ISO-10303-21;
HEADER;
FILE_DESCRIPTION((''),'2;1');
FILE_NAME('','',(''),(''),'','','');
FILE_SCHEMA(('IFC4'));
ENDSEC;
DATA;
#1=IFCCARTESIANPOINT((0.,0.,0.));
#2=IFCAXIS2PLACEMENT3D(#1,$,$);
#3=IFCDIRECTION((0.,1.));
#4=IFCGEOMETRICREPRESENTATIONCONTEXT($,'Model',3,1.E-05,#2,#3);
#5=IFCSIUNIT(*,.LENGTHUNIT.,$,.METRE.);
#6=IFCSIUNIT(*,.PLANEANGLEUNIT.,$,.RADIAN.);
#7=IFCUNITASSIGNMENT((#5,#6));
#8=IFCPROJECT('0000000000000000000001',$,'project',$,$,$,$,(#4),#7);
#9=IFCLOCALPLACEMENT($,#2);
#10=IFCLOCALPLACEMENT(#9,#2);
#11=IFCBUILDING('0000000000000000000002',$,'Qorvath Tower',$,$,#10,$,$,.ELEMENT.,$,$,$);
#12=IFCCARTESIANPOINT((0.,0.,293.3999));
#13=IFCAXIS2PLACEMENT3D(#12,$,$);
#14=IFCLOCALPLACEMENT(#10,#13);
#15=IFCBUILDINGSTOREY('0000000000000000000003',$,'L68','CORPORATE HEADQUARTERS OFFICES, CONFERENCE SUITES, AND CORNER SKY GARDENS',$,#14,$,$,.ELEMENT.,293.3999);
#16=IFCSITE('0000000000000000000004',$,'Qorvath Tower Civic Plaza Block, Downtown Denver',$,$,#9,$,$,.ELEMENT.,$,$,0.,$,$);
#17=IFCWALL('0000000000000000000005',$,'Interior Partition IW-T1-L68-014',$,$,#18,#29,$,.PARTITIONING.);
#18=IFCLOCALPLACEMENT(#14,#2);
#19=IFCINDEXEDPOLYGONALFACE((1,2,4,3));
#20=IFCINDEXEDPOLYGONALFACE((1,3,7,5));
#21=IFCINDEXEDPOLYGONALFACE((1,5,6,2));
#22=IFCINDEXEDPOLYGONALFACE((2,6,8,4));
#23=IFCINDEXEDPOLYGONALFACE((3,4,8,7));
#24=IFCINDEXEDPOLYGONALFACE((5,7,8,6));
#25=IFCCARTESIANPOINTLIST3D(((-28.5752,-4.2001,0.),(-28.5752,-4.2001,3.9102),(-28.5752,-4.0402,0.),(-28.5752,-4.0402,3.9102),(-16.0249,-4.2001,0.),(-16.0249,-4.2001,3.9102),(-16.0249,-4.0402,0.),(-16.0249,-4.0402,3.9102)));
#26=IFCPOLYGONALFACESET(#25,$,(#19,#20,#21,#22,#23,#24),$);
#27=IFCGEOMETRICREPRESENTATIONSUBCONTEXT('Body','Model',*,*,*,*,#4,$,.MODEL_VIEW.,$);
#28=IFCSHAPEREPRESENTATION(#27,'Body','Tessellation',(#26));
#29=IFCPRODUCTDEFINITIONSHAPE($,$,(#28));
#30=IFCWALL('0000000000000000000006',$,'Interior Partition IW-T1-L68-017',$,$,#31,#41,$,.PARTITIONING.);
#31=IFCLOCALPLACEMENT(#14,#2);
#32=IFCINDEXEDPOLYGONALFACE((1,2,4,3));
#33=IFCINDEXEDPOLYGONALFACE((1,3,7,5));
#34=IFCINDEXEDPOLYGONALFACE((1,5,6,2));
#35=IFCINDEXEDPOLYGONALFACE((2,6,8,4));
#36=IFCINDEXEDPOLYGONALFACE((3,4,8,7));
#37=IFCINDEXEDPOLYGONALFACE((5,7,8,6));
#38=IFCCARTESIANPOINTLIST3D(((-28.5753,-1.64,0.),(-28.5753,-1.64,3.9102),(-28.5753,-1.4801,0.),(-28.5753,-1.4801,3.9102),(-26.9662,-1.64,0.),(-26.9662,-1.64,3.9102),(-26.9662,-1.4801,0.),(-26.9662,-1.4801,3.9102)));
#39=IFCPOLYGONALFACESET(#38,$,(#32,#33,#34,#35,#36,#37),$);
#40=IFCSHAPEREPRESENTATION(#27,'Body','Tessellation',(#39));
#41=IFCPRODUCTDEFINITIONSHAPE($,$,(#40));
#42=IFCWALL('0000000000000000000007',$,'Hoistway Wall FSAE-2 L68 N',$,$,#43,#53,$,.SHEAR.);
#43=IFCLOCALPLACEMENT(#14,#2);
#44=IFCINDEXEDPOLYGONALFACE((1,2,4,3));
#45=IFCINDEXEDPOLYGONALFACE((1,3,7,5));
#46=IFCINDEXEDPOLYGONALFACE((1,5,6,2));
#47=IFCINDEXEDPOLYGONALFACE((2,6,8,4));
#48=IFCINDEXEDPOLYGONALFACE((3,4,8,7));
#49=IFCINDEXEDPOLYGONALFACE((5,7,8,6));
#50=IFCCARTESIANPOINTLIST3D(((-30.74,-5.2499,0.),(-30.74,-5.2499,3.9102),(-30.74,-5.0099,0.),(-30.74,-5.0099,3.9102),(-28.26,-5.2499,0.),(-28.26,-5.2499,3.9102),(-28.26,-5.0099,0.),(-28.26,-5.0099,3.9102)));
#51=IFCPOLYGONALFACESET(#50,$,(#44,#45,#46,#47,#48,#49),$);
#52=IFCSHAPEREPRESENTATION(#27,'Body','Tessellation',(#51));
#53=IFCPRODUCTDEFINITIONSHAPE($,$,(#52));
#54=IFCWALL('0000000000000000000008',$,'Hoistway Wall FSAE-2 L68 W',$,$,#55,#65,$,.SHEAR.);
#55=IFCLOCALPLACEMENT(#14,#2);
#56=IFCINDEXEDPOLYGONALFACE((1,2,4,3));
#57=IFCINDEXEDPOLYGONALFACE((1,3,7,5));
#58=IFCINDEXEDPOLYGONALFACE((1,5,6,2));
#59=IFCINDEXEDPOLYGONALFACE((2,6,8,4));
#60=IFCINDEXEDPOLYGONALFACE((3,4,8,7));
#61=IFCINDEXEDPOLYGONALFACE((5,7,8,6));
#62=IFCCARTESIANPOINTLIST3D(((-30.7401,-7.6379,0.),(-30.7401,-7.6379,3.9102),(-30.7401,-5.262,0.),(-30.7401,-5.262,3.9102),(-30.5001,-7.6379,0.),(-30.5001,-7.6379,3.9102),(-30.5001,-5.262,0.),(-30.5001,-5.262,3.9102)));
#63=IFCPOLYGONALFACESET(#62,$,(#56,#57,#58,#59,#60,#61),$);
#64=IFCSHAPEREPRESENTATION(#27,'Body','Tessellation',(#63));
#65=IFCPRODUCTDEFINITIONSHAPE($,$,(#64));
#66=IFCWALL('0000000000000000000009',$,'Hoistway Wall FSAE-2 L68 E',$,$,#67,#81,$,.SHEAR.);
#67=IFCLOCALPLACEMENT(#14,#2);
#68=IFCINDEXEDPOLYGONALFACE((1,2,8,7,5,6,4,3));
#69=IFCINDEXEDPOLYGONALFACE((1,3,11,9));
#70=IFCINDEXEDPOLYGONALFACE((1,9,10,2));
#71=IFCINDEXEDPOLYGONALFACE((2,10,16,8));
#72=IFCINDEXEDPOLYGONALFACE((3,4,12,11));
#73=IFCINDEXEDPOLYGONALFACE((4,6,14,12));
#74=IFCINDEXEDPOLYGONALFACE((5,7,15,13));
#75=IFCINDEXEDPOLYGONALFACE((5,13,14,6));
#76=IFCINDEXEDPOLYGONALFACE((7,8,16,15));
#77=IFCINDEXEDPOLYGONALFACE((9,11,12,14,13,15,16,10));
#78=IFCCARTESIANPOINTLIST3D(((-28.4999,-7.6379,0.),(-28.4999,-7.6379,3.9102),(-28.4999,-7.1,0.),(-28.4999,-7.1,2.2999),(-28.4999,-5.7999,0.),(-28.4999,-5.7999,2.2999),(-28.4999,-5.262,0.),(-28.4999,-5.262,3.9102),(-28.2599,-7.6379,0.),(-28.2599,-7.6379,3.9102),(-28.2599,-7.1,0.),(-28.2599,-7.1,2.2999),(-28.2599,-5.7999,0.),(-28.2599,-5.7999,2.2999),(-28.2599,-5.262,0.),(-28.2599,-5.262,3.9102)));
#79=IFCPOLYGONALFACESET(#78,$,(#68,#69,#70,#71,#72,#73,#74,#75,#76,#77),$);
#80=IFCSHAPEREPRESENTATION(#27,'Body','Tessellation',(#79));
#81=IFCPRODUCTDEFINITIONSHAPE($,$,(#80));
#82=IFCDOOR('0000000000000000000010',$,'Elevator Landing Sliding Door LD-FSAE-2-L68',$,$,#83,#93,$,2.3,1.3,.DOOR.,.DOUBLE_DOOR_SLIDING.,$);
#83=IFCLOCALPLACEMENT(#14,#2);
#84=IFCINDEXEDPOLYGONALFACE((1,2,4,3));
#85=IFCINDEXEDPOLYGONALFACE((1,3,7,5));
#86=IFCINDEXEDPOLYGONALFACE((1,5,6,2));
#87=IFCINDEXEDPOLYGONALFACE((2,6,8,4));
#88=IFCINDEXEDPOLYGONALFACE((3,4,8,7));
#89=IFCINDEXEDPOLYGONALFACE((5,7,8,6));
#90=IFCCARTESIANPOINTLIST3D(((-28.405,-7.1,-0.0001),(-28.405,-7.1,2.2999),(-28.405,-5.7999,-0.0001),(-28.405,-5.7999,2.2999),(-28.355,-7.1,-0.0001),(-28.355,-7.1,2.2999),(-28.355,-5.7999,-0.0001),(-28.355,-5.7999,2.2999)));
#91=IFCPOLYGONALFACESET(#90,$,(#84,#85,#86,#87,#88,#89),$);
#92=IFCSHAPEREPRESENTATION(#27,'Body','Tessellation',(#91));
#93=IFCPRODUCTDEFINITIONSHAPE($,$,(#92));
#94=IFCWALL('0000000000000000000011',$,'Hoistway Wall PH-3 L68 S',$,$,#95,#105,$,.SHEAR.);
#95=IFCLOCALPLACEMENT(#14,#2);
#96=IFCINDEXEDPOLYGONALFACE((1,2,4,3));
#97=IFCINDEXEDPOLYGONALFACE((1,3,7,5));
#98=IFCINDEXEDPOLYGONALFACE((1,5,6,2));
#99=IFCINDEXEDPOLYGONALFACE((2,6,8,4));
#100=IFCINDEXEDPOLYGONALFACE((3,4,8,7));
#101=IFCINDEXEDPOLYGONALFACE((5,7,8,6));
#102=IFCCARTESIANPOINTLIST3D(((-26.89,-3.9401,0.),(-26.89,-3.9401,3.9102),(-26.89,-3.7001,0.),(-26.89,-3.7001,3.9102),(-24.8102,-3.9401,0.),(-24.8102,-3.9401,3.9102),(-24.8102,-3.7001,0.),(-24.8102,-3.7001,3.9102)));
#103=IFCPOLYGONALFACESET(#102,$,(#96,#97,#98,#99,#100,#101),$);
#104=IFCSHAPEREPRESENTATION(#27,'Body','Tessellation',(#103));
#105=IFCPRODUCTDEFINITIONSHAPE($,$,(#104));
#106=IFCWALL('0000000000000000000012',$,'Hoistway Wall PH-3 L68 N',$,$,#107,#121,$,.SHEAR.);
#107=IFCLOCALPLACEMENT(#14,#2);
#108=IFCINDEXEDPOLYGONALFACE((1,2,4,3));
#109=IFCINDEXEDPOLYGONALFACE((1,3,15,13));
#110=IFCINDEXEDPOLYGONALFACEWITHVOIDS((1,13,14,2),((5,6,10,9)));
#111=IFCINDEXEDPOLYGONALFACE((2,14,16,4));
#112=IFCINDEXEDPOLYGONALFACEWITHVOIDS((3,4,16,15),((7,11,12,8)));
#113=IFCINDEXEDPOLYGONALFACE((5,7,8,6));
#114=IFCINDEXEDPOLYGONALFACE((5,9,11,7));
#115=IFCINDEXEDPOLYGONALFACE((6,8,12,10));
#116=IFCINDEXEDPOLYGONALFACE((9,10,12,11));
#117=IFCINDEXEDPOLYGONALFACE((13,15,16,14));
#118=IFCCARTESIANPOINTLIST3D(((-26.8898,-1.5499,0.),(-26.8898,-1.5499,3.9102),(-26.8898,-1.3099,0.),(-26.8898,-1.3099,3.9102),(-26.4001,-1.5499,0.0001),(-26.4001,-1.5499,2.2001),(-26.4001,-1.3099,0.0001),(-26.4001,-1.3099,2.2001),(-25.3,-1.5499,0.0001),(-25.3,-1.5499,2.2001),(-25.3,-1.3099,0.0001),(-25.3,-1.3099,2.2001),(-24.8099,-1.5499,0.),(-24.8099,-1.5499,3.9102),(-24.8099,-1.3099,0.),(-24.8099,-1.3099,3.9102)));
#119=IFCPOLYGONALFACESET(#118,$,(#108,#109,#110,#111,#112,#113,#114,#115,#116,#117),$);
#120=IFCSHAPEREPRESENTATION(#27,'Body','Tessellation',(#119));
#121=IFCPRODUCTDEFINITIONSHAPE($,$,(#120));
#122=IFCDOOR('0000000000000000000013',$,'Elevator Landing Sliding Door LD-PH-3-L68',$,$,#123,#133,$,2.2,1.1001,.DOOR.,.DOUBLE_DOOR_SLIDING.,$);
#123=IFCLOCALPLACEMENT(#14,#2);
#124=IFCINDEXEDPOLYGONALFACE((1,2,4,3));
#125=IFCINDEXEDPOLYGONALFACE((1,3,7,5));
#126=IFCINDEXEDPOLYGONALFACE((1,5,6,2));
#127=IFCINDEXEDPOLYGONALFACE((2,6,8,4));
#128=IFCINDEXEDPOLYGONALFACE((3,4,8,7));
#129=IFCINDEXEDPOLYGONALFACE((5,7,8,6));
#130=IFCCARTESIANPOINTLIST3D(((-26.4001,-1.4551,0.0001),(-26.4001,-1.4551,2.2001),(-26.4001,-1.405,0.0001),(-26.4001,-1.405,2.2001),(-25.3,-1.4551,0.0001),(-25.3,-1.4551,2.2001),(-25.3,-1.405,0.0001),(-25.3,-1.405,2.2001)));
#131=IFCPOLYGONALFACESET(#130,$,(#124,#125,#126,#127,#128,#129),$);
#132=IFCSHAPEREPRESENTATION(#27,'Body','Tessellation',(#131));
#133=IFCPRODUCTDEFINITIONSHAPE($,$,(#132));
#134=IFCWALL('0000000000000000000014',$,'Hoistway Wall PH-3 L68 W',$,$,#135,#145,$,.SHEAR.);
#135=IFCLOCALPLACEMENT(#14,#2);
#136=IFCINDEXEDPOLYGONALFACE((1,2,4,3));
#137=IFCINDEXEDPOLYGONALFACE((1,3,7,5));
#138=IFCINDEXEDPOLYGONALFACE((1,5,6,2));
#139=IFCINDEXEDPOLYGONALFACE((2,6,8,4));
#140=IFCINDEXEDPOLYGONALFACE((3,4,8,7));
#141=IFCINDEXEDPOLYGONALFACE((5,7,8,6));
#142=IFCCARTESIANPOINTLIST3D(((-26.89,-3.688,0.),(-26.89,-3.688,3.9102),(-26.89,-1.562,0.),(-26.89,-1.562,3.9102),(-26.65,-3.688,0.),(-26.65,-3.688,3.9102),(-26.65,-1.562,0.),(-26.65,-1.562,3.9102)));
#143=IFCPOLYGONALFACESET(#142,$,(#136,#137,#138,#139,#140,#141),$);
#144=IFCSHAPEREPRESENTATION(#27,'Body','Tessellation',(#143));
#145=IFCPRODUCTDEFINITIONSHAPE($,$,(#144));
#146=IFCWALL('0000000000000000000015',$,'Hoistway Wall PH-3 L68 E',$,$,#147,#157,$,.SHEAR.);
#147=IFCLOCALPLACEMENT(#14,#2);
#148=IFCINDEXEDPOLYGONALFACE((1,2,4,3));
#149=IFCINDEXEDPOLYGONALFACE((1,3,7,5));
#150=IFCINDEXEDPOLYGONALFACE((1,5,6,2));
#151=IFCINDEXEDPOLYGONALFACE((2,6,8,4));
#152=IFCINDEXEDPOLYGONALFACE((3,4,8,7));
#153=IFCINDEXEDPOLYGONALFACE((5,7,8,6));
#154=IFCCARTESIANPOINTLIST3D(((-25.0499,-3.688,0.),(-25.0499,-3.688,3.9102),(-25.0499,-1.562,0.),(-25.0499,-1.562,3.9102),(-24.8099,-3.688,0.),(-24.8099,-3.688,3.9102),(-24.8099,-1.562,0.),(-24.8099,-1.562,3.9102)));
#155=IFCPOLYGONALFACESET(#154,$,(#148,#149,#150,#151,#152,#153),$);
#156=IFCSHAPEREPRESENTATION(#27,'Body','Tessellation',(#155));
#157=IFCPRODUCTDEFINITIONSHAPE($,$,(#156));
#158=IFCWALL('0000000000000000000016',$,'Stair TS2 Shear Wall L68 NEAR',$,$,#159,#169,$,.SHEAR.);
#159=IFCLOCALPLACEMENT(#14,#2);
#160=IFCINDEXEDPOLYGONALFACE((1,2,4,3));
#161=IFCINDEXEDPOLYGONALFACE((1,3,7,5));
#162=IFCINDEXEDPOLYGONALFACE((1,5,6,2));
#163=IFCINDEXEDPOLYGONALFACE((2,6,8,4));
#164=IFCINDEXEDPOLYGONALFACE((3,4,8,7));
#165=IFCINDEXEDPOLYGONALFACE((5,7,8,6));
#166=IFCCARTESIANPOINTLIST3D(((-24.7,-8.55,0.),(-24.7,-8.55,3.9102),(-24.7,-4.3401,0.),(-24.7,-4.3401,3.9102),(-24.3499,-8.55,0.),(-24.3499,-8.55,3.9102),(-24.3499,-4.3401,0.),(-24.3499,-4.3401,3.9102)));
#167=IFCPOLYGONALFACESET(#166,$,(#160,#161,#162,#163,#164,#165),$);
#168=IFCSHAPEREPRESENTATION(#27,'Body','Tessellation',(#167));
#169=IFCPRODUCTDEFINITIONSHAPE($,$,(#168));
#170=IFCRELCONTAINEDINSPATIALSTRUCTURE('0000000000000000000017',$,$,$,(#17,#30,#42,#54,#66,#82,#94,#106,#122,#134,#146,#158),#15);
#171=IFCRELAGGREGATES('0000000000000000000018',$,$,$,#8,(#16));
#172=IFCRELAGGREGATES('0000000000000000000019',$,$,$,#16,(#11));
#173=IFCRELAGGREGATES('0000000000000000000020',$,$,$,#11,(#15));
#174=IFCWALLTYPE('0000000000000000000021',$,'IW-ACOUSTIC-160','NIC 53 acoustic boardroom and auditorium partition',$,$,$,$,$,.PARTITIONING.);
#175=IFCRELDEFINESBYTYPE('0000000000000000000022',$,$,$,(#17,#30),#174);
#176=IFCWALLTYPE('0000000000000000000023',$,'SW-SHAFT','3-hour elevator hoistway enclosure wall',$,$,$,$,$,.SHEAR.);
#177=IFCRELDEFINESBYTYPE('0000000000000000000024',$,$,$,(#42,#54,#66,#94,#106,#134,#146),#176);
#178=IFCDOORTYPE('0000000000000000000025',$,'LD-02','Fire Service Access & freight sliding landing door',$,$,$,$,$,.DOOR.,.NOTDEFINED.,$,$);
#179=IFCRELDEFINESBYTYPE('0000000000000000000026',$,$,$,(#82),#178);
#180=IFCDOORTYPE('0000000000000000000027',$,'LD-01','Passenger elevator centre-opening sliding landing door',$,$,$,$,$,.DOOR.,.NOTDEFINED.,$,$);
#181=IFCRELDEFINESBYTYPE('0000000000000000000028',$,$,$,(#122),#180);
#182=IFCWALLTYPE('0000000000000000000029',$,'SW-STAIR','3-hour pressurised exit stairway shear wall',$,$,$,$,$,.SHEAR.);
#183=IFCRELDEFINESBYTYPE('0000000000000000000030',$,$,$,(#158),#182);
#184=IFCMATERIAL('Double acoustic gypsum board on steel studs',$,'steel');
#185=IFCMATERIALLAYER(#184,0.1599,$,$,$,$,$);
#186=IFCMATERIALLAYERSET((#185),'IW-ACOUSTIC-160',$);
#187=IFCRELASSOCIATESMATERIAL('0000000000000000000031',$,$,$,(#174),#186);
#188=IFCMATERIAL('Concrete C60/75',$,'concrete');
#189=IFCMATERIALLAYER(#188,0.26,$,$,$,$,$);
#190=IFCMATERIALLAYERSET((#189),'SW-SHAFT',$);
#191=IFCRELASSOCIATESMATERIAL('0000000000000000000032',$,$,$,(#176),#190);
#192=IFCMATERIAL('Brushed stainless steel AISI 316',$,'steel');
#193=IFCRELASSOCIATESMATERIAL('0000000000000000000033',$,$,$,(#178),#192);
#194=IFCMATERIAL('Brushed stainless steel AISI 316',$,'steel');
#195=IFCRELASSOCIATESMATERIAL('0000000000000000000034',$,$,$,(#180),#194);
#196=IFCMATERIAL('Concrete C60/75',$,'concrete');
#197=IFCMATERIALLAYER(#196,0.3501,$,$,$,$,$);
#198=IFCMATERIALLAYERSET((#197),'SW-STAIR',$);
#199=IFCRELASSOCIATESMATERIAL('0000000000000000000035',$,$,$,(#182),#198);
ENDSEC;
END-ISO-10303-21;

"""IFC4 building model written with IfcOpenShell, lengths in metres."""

from ifc_helpers import new_model, si_unit, direction, frame, frame_2d, origin, place, context, subcontext, project, spatial, rectangle, extrude, material, layer, layer_set, type_object, element, fill, save


model = new_model("IFC4")

# Units and contexts
model_context = context("Model", 3, precision=1e-05, world=origin(), true_north=direction((0.0, 1.0)))
body_context = subcontext(model_context, "Body", "Model", "MODEL_VIEW")
ifc_project = project(units=[si_unit("LENGTHUNIT", "METRE"), si_unit("PLANEANGLEUNIT", "RADIAN")], contexts=[model_context])

# Site, building, storey
site_placement = place(None, origin())
site = spatial("IfcSite", under=ifc_project, at=site_placement, Name="Qorvath Tower Civic Plaza Block, Downtown Denver", CompositionType="ELEMENT", RefElevation=0.0)
building_placement = place(site_placement, origin())
building = spatial("IfcBuilding", under=site, at=building_placement, Name="Qorvath Tower", CompositionType="ELEMENT")
storey_placement = place(building_placement, frame((0.0, 0.0, 293.3999)))
storey = spatial("IfcBuildingStorey", under=building, at=storey_placement, Name="L68", Description="CORPORATE HEADQUARTERS OFFICES, CONFERENCE SUITES, AND CORNER SKY GARDENS", CompositionType="ELEMENT", Elevation=293.3999)

# Walls
ifc_material_1 = material(Name="Double acoustic gypsum board on steel studs", Category="steel")
ifc_layer_1 = layer(ifc_material_1, 0.1599)
ifc_layer_set_1 = layer_set([ifc_layer_1], Name="IW-ACOUSTIC-160")
wall_type_1 = type_object("IfcWallType", Name="IW-ACOUSTIC-160", Description="NIC 53 acoustic boardroom and auditorium partition", PredefinedType="PARTITIONING", material=ifc_layer_set_1)
wall_1_placement = place(storey_placement, frame((-28.5752, -4.1201, 0.0), z_axis=(0.0, 0.0, 1.0), x_axis=(1.0, 0.0, 0.0)))
element("IfcWall", 1, at=wall_1_placement, inside=storey, type_object=wall_type_1, Name="Interior Partition IW-T1-L68-014", PredefinedType="PARTITIONING", context=body_context, shape_type="SweptSolid", body=[
    extrude(rectangle(XDim=12.5503, YDim=0.1599, at=frame_2d((6.2751, 0.0))), origin(), (0.0, 0.0, 1.0), 3.9102),
])
wall_2_placement = place(storey_placement, frame((-26.9661, -1.5601, 0.0), z_axis=(0.0, 0.0, 1.0), x_axis=(-1.0, 0.0, 0.0)))
element("IfcWall", 2, at=wall_2_placement, inside=storey, type_object=wall_type_1, Name="Interior Partition IW-T1-L68-017", PredefinedType="PARTITIONING", context=body_context, shape_type="SweptSolid", body=[
    extrude(rectangle(XDim=1.6091, YDim=0.1599, at=frame_2d((0.8047, 0.0))), origin(), (0.0, 0.0, 1.0), 3.9102),
])
ifc_material_2 = material(Name="Concrete C60/75", Category="concrete")
ifc_layer_2 = layer(ifc_material_2, 0.26)
ifc_layer_set_2 = layer_set([ifc_layer_2], Name="SW-SHAFT")
wall_type_2 = type_object("IfcWallType", Name="SW-SHAFT", Description="3-hour elevator hoistway enclosure wall", PredefinedType="SHEAR", material=ifc_layer_set_2)
wall_3_placement = place(storey_placement, frame((-30.74, -5.1299, 0.0), z_axis=(0.0, 0.0, 1.0), x_axis=(1.0, 0.0, 0.0)))
element("IfcWall", 3, at=wall_3_placement, inside=storey, type_object=wall_type_2, Name="Hoistway Wall FSAE-2 L68 N", PredefinedType="SHEAR", context=body_context, shape_type="SweptSolid", body=[
    extrude(rectangle(XDim=2.48, YDim=0.24, at=frame_2d((1.24, 0.0))), origin(), (0.0, 0.0, 1.0), 3.9102),
])
wall_4_placement = place(storey_placement, frame((-30.6201, -7.6379, 0.0), z_axis=(0.0, 0.0, 1.0), x_axis=(0.0, 1.0, 0.0)))
element("IfcWall", 4, at=wall_4_placement, inside=storey, type_object=wall_type_2, Name="Hoistway Wall FSAE-2 L68 W", PredefinedType="SHEAR", context=body_context, shape_type="SweptSolid", body=[
    extrude(rectangle(XDim=2.376, YDim=0.24, at=frame_2d((1.188, 0.0))), origin(), (0.0, 0.0, 1.0), 3.9102),
])

# Wall, opening, door
wall_5_placement = place(storey_placement, frame((-28.3799, -5.262, 0.0), z_axis=(0.0, 0.0, 1.0), x_axis=(0.0, -1.0, 0.0)))
wall_5 = element("IfcWall", 5, at=wall_5_placement, inside=storey, type_object=wall_type_2, Name="Hoistway Wall FSAE-2 L68 E", PredefinedType="SHEAR", context=body_context, shape_type="SweptSolid", body=[
    extrude(rectangle(XDim=2.376, YDim=0.24, at=frame_2d((1.188, 0.0))), origin(), (0.0, 0.0, 1.0), 3.9102),
])
opening_1_placement = place(wall_5_placement, frame((0.5381, 0.0, 0.0)))
opening_1 = element("IfcOpeningElement", 6, at=opening_1_placement, cuts=wall_5, PredefinedType="OPENING", context=body_context, shape_type="SweptSolid", body=[
    extrude(rectangle(XDim=1.3, YDim=2.3, at=frame_2d((0.6499, 1.1499))), frame((0.0, 0.1299, 0.0), z_axis=(0.0, -1.0, 0.0), x_axis=(1.0, 0.0, 0.0)), (0.0, 0.0, 1.0), 0.26),
])
ifc_material_3 = material(Name="Brushed stainless steel AISI 316", Category="steel")
door_type_1 = type_object("IfcDoorType", Name="LD-02", Description="Fire Service Access & freight sliding landing door", OperationType="NOTDEFINED", PredefinedType="DOOR", material=ifc_material_3)
door_1_placement = place(opening_1_placement, origin())
door_1 = element("IfcDoor", 7, at=door_1_placement, inside=storey, type_object=door_type_1, Name="Elevator Landing Sliding Door LD-FSAE-2-L68", OperationType="DOUBLE_DOOR_SLIDING", OverallHeight=2.3, OverallWidth=1.3, PredefinedType="DOOR", context=body_context, shape_type="SweptSolid", body=[
    extrude(rectangle(XDim=1.3, YDim=2.3, at=frame_2d((0.6499, 1.1499))), frame((0.0, 0.0249, 0.0), z_axis=(0.0, -1.0, 0.0), x_axis=(1.0, 0.0, 0.0)), (0.0, 0.0, 1.0), 0.05),
])
fill(opening_1, door_1)

# Wall
wall_6_placement = place(storey_placement, frame((-24.8101, -3.8201, 0.0), z_axis=(0.0, 0.0, 1.0), x_axis=(-1.0, 0.0, 0.0)))
element("IfcWall", 8, at=wall_6_placement, inside=storey, type_object=wall_type_2, Name="Hoistway Wall PH-3 L68 S", PredefinedType="SHEAR", context=body_context, shape_type="SweptSolid", body=[
    extrude(rectangle(XDim=2.0798, YDim=0.24, at=frame_2d((1.04, 0.0))), origin(), (0.0, 0.0, 1.0), 3.9102),
])

# Wall, opening, door
wall_7_placement = place(storey_placement, frame((-26.8899, -1.4299, 0.0), z_axis=(0.0, 0.0, 1.0), x_axis=(1.0, 0.0, 0.0)))
wall_7 = element("IfcWall", 9, at=wall_7_placement, inside=storey, type_object=wall_type_2, Name="Hoistway Wall PH-3 L68 N", PredefinedType="SHEAR", context=body_context, shape_type="SweptSolid", body=[
    extrude(rectangle(XDim=2.0798, YDim=0.24, at=frame_2d((1.04, 0.0))), origin(), (0.0, 0.0, 1.0), 3.9102),
])
opening_2_placement = place(wall_7_placement, frame((0.4897, 0.0, 0.0)))
opening_2 = element("IfcOpeningElement", 10, at=opening_2_placement, cuts=wall_7, PredefinedType="OPENING", context=body_context, shape_type="SweptSolid", body=[
    extrude(rectangle(XDim=1.1001, YDim=2.2, at=frame_2d((0.55, 1.1001))), frame((0.0, 0.1299, 0.0), z_axis=(0.0, -1.0, 0.0), x_axis=(1.0, 0.0, 0.0)), (0.0, 0.0, 1.0), 0.26),
])
ifc_material_4 = material(Name="Brushed stainless steel AISI 316", Category="steel")
door_type_2 = type_object("IfcDoorType", Name="LD-01", Description="Passenger elevator centre-opening sliding landing door", OperationType="NOTDEFINED", PredefinedType="DOOR", material=ifc_material_4)
door_2_placement = place(opening_2_placement, origin())
door_2 = element("IfcDoor", 11, at=door_2_placement, inside=storey, type_object=door_type_2, Name="Elevator Landing Sliding Door LD-PH-3-L68", OperationType="DOUBLE_DOOR_SLIDING", OverallHeight=2.2, OverallWidth=1.1001, PredefinedType="DOOR", context=body_context, shape_type="SweptSolid", body=[
    extrude(rectangle(XDim=1.1001, YDim=2.2, at=frame_2d((0.55, 1.1001))), frame((0.0, 0.0249, 0.0), z_axis=(0.0, -1.0, 0.0), x_axis=(1.0, 0.0, 0.0)), (0.0, 0.0, 1.0), 0.05),
])
fill(opening_2, door_2)

# Walls
for number, where, z_axis, x_axis, name in (
    (12, (-26.77, -3.688, 0.0), (0.0, 0.0, 1.0), (0.0, 1.0, 0.0), "Hoistway Wall PH-3 L68 W"),
    (13, (-24.9299, -1.562, 0.0), (0.0, 0.0, 1.0), (0.0, -1.0, 0.0), "Hoistway Wall PH-3 L68 E"),
):
    element("IfcWall", number, at=place(storey_placement, frame(where, z_axis=z_axis, x_axis=x_axis)), inside=storey, type_object=wall_type_2, Name=name, PredefinedType="SHEAR", context=body_context, shape_type="SweptSolid", body=[
        extrude(rectangle(XDim=2.126, YDim=0.24, at=frame_2d((1.063, 0.0))), origin(), (0.0, 0.0, 1.0), 3.9102),
    ])
ifc_material_5 = material(Name="Concrete C60/75", Category="concrete")
ifc_layer_3 = layer(ifc_material_5, 0.3501)
ifc_layer_set_3 = layer_set([ifc_layer_3], Name="SW-STAIR")
wall_type_3 = type_object("IfcWallType", Name="SW-STAIR", Description="3-hour pressurised exit stairway shear wall", PredefinedType="SHEAR", material=ifc_layer_set_3)
wall_8_placement = place(storey_placement, frame((-24.5249, -4.3401, 0.0), z_axis=(0.0, 0.0, 1.0), x_axis=(0.0, -1.0, 0.0)))
element("IfcWall", 14, at=wall_8_placement, inside=storey, type_object=wall_type_3, Name="Stair TS2 Shear Wall L68 NEAR", PredefinedType="SHEAR", context=body_context, shape_type="SweptSolid", body=[
    extrude(rectangle(XDim=4.21, YDim=0.3501, at=frame_2d((2.105, 0.0))), origin(), (0.0, 0.0, 1.0), 3.9102),
])

save(model, "model.ifc")
